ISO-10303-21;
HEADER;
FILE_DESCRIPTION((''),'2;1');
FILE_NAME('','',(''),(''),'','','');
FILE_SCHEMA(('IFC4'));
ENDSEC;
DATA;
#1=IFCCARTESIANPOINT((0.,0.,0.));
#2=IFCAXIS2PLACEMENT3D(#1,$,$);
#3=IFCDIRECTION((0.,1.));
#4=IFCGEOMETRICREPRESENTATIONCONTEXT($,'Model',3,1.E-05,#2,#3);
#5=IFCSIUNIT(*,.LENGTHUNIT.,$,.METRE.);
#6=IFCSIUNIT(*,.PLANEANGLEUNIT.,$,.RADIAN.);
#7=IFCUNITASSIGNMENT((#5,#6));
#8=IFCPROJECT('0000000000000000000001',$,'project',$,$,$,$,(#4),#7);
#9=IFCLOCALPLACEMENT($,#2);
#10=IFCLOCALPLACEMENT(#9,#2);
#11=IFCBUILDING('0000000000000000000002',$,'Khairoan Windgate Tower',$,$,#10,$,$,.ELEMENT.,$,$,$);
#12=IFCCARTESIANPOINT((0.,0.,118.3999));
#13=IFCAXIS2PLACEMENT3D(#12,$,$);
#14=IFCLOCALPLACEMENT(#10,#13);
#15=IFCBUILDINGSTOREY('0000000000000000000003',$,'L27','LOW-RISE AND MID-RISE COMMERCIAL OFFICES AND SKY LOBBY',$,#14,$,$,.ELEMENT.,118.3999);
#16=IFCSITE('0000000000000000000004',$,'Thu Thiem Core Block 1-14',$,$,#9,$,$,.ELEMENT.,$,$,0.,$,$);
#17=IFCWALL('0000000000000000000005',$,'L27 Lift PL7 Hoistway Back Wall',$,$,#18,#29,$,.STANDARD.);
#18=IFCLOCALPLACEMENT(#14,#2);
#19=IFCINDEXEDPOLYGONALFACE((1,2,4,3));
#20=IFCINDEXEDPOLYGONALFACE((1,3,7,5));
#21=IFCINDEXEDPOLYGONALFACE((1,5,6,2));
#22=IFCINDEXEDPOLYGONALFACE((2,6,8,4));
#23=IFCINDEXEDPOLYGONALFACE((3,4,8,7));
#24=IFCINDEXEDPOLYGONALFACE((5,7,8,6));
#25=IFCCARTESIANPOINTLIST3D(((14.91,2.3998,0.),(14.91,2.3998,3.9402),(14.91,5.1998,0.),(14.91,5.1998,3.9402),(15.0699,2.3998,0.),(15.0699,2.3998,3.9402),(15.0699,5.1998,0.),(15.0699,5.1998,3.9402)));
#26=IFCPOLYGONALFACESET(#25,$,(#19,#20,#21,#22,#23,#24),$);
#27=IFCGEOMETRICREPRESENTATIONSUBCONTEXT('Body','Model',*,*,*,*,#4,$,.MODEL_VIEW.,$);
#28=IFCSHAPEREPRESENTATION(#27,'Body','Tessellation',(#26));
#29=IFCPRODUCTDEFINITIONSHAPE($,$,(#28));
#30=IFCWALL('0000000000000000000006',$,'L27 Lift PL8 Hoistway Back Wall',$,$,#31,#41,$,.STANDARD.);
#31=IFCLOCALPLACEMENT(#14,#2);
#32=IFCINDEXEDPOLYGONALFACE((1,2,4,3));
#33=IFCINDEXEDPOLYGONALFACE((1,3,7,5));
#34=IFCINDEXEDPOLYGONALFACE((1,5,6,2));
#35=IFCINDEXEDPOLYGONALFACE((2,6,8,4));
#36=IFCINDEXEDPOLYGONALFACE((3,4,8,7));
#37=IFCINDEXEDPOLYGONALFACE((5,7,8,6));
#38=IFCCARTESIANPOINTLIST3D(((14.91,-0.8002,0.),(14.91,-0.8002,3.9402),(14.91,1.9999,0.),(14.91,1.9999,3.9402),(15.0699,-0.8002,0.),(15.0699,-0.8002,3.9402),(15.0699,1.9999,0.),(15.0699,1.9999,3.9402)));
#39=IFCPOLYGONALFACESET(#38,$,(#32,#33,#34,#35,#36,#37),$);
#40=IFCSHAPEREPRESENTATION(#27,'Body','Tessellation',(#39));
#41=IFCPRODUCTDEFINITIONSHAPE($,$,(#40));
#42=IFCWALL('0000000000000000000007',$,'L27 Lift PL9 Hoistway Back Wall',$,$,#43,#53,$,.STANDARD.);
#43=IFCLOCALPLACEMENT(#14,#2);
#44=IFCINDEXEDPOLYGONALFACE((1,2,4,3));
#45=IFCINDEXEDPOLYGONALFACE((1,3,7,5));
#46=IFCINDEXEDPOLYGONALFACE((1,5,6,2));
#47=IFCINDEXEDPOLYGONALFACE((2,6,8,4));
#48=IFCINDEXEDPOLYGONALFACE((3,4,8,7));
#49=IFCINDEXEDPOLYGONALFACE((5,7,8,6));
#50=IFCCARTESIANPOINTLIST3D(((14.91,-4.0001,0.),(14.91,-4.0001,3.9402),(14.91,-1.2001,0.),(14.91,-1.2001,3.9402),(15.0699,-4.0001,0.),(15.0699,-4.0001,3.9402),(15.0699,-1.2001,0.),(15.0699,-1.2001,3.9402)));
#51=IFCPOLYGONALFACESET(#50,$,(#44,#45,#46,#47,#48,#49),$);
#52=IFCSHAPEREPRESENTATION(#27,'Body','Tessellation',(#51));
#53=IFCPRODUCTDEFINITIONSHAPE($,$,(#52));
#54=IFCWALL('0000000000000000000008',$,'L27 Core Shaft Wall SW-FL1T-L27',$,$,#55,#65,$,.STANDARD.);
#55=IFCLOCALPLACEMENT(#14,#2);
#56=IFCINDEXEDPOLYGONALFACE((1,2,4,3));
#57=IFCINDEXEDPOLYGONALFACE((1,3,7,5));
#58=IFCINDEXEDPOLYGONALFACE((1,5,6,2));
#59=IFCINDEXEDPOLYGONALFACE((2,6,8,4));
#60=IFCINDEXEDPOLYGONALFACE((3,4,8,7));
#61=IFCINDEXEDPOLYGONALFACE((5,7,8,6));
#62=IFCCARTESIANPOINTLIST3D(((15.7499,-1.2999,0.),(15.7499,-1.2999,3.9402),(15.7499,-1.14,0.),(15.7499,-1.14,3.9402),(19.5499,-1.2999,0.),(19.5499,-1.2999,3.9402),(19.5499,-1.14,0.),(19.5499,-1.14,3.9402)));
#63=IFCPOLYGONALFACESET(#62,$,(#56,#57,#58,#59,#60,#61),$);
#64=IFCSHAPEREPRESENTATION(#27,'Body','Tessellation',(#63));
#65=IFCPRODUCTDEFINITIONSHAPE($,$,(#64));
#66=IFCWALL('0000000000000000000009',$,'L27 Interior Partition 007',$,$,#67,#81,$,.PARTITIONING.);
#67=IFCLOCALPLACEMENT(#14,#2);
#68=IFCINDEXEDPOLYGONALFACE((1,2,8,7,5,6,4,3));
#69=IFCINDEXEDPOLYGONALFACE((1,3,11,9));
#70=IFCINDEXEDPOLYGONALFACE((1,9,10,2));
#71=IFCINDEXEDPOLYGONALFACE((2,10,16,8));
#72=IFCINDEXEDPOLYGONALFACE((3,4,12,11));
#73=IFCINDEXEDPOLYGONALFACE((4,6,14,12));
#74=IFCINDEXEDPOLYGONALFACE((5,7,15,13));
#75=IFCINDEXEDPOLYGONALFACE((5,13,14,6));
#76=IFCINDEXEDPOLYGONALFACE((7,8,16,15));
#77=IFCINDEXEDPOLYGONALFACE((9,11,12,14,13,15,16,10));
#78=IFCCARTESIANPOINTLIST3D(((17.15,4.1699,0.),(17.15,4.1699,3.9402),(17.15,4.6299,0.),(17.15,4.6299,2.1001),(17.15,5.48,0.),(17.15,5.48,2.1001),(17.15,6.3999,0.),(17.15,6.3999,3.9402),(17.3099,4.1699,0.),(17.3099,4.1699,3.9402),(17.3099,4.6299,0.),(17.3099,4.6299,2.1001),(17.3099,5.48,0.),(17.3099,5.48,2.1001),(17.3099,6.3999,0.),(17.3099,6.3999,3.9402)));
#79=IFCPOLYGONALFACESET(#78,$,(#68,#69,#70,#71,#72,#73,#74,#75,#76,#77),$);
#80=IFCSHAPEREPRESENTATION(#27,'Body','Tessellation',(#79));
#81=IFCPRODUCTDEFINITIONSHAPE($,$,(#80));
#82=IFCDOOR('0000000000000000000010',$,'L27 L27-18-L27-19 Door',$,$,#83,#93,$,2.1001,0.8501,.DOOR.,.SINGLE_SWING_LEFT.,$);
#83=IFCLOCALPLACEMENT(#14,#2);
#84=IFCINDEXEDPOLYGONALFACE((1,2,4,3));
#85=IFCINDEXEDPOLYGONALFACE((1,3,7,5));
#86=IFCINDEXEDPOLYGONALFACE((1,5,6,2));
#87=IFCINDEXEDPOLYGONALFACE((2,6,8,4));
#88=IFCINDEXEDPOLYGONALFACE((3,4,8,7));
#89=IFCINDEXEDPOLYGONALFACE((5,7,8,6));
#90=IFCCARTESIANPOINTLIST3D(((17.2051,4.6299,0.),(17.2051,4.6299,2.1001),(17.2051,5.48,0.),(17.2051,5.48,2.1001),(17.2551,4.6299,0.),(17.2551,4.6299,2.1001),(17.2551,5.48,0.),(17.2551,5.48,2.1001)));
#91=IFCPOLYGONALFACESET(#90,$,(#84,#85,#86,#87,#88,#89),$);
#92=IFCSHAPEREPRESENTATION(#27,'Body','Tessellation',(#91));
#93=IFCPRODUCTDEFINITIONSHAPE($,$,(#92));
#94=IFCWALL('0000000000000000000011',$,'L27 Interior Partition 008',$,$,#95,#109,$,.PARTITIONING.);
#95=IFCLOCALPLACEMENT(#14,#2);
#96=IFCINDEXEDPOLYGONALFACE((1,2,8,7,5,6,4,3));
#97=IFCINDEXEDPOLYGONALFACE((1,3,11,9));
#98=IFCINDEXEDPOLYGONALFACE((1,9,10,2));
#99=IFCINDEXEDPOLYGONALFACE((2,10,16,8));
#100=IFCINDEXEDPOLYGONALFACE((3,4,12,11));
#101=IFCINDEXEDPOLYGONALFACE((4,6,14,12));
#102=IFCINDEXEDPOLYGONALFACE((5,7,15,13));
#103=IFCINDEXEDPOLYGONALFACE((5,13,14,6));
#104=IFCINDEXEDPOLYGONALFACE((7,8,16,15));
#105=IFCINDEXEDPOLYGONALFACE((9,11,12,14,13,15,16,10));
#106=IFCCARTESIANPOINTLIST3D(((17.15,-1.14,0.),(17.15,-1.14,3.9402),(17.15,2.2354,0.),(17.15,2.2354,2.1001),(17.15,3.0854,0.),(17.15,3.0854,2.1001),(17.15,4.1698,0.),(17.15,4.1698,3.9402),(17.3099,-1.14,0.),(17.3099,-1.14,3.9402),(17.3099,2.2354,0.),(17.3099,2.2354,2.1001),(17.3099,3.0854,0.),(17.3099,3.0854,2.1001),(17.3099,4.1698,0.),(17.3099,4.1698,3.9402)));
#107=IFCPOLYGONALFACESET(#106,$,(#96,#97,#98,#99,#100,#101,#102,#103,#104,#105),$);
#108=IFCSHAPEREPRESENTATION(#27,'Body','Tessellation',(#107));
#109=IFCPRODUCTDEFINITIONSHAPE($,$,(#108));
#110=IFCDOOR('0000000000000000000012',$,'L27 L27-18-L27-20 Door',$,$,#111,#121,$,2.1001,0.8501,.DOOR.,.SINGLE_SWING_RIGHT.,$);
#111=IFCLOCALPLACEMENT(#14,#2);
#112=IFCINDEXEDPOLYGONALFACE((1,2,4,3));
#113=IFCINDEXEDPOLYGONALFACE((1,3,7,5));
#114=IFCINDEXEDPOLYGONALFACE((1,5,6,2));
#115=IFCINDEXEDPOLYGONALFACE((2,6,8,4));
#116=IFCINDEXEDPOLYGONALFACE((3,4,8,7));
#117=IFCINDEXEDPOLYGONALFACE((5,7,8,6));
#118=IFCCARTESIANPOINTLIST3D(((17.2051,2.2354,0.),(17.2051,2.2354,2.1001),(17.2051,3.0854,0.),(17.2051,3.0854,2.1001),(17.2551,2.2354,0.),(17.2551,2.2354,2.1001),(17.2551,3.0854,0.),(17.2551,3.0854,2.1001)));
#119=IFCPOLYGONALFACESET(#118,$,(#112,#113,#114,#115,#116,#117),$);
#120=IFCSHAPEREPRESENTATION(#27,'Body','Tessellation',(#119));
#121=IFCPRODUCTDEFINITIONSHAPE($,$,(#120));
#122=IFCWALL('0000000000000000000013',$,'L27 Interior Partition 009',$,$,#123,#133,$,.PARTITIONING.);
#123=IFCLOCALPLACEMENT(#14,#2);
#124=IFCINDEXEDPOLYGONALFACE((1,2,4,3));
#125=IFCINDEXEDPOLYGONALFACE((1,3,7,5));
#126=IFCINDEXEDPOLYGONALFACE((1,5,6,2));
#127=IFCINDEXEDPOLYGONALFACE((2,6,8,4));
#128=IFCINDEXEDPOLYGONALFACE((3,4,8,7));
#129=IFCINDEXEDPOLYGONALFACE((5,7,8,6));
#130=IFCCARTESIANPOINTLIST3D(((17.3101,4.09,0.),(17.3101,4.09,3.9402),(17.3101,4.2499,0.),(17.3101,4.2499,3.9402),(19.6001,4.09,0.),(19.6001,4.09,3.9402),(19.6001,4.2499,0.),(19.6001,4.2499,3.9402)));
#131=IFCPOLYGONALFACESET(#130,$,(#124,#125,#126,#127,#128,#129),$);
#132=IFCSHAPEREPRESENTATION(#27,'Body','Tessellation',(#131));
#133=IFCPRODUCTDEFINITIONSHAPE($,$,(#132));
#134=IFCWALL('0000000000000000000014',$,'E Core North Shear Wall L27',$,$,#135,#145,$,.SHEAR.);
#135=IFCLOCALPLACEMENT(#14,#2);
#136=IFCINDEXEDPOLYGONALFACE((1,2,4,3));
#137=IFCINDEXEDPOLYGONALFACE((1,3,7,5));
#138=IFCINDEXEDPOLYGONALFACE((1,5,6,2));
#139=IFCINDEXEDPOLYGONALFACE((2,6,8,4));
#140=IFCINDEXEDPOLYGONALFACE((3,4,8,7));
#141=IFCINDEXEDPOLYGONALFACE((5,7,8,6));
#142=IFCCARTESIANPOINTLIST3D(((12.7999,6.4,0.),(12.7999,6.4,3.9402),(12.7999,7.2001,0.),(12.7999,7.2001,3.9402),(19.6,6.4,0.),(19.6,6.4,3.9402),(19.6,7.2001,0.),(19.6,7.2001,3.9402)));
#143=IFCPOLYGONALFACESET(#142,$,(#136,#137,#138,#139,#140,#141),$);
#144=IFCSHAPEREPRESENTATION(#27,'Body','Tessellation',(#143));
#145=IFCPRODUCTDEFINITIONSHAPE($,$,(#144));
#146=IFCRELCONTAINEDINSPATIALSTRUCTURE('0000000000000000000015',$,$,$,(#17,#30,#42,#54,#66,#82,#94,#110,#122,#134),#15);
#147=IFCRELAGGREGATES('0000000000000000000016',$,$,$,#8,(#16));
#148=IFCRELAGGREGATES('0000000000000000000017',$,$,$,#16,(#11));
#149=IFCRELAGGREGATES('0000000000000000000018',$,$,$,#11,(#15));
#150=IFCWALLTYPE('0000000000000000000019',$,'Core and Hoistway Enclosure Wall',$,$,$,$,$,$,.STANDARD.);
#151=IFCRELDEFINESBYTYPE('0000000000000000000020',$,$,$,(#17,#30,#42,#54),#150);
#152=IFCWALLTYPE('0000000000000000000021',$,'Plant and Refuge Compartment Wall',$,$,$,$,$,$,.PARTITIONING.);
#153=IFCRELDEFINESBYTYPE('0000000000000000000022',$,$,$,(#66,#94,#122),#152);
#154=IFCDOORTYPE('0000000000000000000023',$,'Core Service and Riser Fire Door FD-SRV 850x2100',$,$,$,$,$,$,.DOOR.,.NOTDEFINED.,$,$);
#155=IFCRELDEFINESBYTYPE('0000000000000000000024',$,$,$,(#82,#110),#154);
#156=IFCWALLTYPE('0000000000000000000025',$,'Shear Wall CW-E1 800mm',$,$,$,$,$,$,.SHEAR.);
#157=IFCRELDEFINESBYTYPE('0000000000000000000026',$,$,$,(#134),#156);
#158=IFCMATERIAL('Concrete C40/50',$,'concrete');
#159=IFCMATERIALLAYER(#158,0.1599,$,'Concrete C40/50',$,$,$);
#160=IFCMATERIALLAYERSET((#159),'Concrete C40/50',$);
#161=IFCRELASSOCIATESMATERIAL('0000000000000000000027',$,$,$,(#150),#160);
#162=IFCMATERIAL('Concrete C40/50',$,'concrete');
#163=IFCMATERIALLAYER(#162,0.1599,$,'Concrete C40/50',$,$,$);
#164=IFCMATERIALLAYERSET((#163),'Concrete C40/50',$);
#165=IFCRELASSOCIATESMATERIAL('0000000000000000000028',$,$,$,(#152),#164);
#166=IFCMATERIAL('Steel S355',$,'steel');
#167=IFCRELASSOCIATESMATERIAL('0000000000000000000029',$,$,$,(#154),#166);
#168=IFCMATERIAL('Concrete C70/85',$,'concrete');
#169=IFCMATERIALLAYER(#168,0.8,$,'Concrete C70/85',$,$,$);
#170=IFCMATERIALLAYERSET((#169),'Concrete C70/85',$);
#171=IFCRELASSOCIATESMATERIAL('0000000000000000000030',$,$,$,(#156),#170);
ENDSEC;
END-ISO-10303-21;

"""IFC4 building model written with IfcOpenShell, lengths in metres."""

from ifc_helpers import new_model, si_unit, direction, frame, frame_2d, origin, place, context, subcontext, project, spatial, rectangle, extrude, material, layer, layer_set, type_object, element, fill, save


model = new_model("IFC4")

# Units and contexts
model_context = context("Model", 3, precision=1e-05, world=origin(), true_north=direction((0.0, 1.0)))
body_context = subcontext(model_context, "Body", "Model", "MODEL_VIEW")
ifc_project = project(units=[si_unit("LENGTHUNIT", "METRE"), si_unit("PLANEANGLEUNIT", "RADIAN")], contexts=[model_context])

# Site, building, storey
site_placement = place(None, origin())
site = spatial("IfcSite", under=ifc_project, at=site_placement, Name="Thu Thiem Core Block 1-14", CompositionType="ELEMENT", RefElevation=0.0)
building_placement = place(site_placement, origin())
building = spatial("IfcBuilding", under=site, at=building_placement, Name="Khairoan Windgate Tower", CompositionType="ELEMENT")
storey_placement = place(building_placement, frame((0.0, 0.0, 118.3999)))
storey = spatial("IfcBuildingStorey", under=building, at=storey_placement, Name="L27", Description="LOW-RISE AND MID-RISE COMMERCIAL OFFICES AND SKY LOBBY", CompositionType="ELEMENT", Elevation=118.3999)

# Walls
ifc_material_1 = material(Name="Concrete C40/50", Category="concrete")
ifc_layer_1 = layer(ifc_material_1, 0.1599, Name="Concrete C40/50")
ifc_layer_set_1 = layer_set([ifc_layer_1], Name="Concrete C40/50")
wall_type_1 = type_object("IfcWallType", Name="Core and Hoistway Enclosure Wall", PredefinedType="STANDARD", material=ifc_layer_set_1)
for number, where, z_axis, x_axis, name in (
    (1, (14.99, 2.3999, 0.0), (0.0, 0.0, 1.0), (0.0, 1.0, 0.0), "L27 Lift PL7 Hoistway Back Wall"),
    (2, (14.99, -0.8, 0.0), (0.0, 0.0, 1.0), (0.0, 1.0, 0.0), "L27 Lift PL8 Hoistway Back Wall"),
    (3, (14.99, -4.0, 0.0), (0.0, 0.0, 1.0), (0.0, 1.0, 0.0), "L27 Lift PL9 Hoistway Back Wall"),
):
    element("IfcWall", number, at=place(storey_placement, frame(where, z_axis=z_axis, x_axis=x_axis)), inside=storey, type_object=wall_type_1, Name=name, PredefinedType="STANDARD", context=body_context, shape_type="SweptSolid", body=[
        extrude(rectangle(XDim=2.8, YDim=0.1599, at=frame_2d((1.3999, 0.0))), origin(), (0.0, 0.0, 1.0), 3.9402),
    ])
wall_1_placement = place(storey_placement, frame((15.75, -1.22, 0.0), z_axis=(0.0, 0.0, 1.0), x_axis=(1.0, 0.0, 0.0)))
element("IfcWall", 4, at=wall_1_placement, inside=storey, type_object=wall_type_1, Name="L27 Core Shaft Wall SW-FL1T-L27", PredefinedType="STANDARD", context=body_context, shape_type="SweptSolid", body=[
    extrude(rectangle(XDim=3.8, YDim=0.1599, at=frame_2d((1.8999, 0.0))), origin(), (0.0, 0.0, 1.0), 3.9402),
])

# Walls, openings, doors
ifc_material_2 = material(Name="Concrete C40/50", Category="concrete")
ifc_layer_2 = layer(ifc_material_2, 0.1599, Name="Concrete C40/50")
ifc_layer_set_2 = layer_set([ifc_layer_2], Name="Concrete C40/50")
wall_type_2 = type_object("IfcWallType", Name="Plant and Refuge Compartment Wall", PredefinedType="PARTITIONING", material=ifc_layer_set_2)
wall_2_placement = place(storey_placement, frame((17.23, 4.1699, 0.0), z_axis=(0.0, 0.0, 1.0), x_axis=(0.0, 1.0, 0.0)))
wall_2 = element("IfcWall", 5, at=wall_2_placement, inside=storey, type_object=wall_type_2, Name="L27 Interior Partition 007", PredefinedType="PARTITIONING", context=body_context, shape_type="SweptSolid", body=[
    extrude(rectangle(XDim=2.23, YDim=0.1599, at=frame_2d((1.115, 0.0))), origin(), (0.0, 0.0, 1.0), 3.9402),
])
opening_1_placement = place(wall_2_placement, frame((0.46, 0.0, 0.0)))
opening_1 = element("IfcOpeningElement", 6, at=opening_1_placement, cuts=wall_2, PredefinedType="OPENING", context=body_context, shape_type="SweptSolid", body=[
    extrude(rectangle(XDim=0.8501, YDim=2.1001, at=frame_2d((0.425, 1.05))), frame((0.0, 0.0898, 0.0), z_axis=(0.0, -1.0, 0.0), x_axis=(1.0, 0.0, 0.0)), (0.0, 0.0, 1.0), 0.1799),
])
ifc_material_3 = material(Name="Steel S355", Category="steel")
door_type = type_object("IfcDoorType", Name="Core Service and Riser Fire Door FD-SRV 850x2100", OperationType="NOTDEFINED", PredefinedType="DOOR", material=ifc_material_3)
door_1_placement = place(opening_1_placement, origin())
door_1 = element("IfcDoor", 7, at=door_1_placement, inside=storey, type_object=door_type, Name="L27 L27-18-L27-19 Door", OperationType="SINGLE_SWING_LEFT", OverallHeight=2.1001, OverallWidth=0.8501, PredefinedType="DOOR", context=body_context, shape_type="SweptSolid", body=[
    extrude(rectangle(XDim=0.8501, YDim=2.1001, at=frame_2d((0.425, 1.05))), frame((0.0, 0.0249, 0.0), z_axis=(0.0, -1.0, 0.0), x_axis=(1.0, 0.0, 0.0)), (0.0, 0.0, 1.0), 0.05),
])
fill(opening_1, door_1)
wall_3_placement = place(storey_placement, frame((17.23, -1.1399, 0.0), z_axis=(0.0, 0.0, 1.0), x_axis=(0.0, 1.0, 0.0)))
wall_3 = element("IfcWall", 8, at=wall_3_placement, inside=storey, type_object=wall_type_2, Name="L27 Interior Partition 008", PredefinedType="PARTITIONING", context=body_context, shape_type="SweptSolid", body=[
    extrude(rectangle(XDim=5.3098, YDim=0.1599, at=frame_2d((2.6548, 0.0))), origin(), (0.0, 0.0, 1.0), 3.9402),
])
opening_2_placement = place(wall_3_placement, frame((3.3752, 0.0, 0.0)))
opening_2 = element("IfcOpeningElement", 9, at=opening_2_placement, cuts=wall_3, PredefinedType="OPENING", context=body_context, shape_type="SweptSolid", body=[
    extrude(rectangle(XDim=0.8501, YDim=2.1001, at=frame_2d((0.425, 1.05))), frame((0.0, 0.0898, 0.0), z_axis=(0.0, -1.0, 0.0), x_axis=(1.0, 0.0, 0.0)), (0.0, 0.0, 1.0), 0.1799),
])
door_2_placement = place(opening_2_placement, origin())
door_2 = element("IfcDoor", 10, at=door_2_placement, inside=storey, type_object=door_type, Name="L27 L27-18-L27-20 Door", OperationType="SINGLE_SWING_RIGHT", OverallHeight=2.1001, OverallWidth=0.8501, PredefinedType="DOOR", context=body_context, shape_type="SweptSolid", body=[
    extrude(rectangle(XDim=0.8501, YDim=2.1001, at=frame_2d((0.425, 1.05))), frame((0.0, 0.0249, 0.0), z_axis=(0.0, -1.0, 0.0), x_axis=(1.0, 0.0, 0.0)), (0.0, 0.0, 1.0), 0.05),
])
fill(opening_2, door_2)

# Walls
wall_4_placement = place(storey_placement, frame((17.3101, 4.1699, 0.0), z_axis=(0.0, 0.0, 1.0), x_axis=(1.0, 0.0, 0.0)))
element("IfcWall", 11, at=wall_4_placement, inside=storey, type_object=wall_type_2, Name="L27 Interior Partition 009", PredefinedType="PARTITIONING", context=body_context, shape_type="SweptSolid", body=[
    extrude(rectangle(XDim=2.29, YDim=0.1599, at=frame_2d((1.145, 0.0))), origin(), (0.0, 0.0, 1.0), 3.9402),
])
ifc_material_4 = material(Name="Concrete C70/85", Category="concrete")
ifc_layer_3 = layer(ifc_material_4, 0.8, Name="Concrete C70/85")
ifc_layer_set_3 = layer_set([ifc_layer_3], Name="Concrete C70/85")
wall_type_3 = type_object("IfcWallType", Name="Shear Wall CW-E1 800mm", PredefinedType="SHEAR", material=ifc_layer_set_3)
wall_5_placement = place(storey_placement, frame((12.8, 6.8, 0.0), z_axis=(0.0, 0.0, 1.0), x_axis=(1.0, 0.0, 0.0)))
element("IfcWall", 12, at=wall_5_placement, inside=storey, type_object=wall_type_3, Name="E Core North Shear Wall L27", PredefinedType="SHEAR", context=body_context, shape_type="SweptSolid", body=[
    extrude(rectangle(XDim=6.8, YDim=0.8, at=frame_2d((3.3999, 0.0))), origin(), (0.0, 0.0, 1.0), 3.9402),
])

save(model, "model.ifc")
